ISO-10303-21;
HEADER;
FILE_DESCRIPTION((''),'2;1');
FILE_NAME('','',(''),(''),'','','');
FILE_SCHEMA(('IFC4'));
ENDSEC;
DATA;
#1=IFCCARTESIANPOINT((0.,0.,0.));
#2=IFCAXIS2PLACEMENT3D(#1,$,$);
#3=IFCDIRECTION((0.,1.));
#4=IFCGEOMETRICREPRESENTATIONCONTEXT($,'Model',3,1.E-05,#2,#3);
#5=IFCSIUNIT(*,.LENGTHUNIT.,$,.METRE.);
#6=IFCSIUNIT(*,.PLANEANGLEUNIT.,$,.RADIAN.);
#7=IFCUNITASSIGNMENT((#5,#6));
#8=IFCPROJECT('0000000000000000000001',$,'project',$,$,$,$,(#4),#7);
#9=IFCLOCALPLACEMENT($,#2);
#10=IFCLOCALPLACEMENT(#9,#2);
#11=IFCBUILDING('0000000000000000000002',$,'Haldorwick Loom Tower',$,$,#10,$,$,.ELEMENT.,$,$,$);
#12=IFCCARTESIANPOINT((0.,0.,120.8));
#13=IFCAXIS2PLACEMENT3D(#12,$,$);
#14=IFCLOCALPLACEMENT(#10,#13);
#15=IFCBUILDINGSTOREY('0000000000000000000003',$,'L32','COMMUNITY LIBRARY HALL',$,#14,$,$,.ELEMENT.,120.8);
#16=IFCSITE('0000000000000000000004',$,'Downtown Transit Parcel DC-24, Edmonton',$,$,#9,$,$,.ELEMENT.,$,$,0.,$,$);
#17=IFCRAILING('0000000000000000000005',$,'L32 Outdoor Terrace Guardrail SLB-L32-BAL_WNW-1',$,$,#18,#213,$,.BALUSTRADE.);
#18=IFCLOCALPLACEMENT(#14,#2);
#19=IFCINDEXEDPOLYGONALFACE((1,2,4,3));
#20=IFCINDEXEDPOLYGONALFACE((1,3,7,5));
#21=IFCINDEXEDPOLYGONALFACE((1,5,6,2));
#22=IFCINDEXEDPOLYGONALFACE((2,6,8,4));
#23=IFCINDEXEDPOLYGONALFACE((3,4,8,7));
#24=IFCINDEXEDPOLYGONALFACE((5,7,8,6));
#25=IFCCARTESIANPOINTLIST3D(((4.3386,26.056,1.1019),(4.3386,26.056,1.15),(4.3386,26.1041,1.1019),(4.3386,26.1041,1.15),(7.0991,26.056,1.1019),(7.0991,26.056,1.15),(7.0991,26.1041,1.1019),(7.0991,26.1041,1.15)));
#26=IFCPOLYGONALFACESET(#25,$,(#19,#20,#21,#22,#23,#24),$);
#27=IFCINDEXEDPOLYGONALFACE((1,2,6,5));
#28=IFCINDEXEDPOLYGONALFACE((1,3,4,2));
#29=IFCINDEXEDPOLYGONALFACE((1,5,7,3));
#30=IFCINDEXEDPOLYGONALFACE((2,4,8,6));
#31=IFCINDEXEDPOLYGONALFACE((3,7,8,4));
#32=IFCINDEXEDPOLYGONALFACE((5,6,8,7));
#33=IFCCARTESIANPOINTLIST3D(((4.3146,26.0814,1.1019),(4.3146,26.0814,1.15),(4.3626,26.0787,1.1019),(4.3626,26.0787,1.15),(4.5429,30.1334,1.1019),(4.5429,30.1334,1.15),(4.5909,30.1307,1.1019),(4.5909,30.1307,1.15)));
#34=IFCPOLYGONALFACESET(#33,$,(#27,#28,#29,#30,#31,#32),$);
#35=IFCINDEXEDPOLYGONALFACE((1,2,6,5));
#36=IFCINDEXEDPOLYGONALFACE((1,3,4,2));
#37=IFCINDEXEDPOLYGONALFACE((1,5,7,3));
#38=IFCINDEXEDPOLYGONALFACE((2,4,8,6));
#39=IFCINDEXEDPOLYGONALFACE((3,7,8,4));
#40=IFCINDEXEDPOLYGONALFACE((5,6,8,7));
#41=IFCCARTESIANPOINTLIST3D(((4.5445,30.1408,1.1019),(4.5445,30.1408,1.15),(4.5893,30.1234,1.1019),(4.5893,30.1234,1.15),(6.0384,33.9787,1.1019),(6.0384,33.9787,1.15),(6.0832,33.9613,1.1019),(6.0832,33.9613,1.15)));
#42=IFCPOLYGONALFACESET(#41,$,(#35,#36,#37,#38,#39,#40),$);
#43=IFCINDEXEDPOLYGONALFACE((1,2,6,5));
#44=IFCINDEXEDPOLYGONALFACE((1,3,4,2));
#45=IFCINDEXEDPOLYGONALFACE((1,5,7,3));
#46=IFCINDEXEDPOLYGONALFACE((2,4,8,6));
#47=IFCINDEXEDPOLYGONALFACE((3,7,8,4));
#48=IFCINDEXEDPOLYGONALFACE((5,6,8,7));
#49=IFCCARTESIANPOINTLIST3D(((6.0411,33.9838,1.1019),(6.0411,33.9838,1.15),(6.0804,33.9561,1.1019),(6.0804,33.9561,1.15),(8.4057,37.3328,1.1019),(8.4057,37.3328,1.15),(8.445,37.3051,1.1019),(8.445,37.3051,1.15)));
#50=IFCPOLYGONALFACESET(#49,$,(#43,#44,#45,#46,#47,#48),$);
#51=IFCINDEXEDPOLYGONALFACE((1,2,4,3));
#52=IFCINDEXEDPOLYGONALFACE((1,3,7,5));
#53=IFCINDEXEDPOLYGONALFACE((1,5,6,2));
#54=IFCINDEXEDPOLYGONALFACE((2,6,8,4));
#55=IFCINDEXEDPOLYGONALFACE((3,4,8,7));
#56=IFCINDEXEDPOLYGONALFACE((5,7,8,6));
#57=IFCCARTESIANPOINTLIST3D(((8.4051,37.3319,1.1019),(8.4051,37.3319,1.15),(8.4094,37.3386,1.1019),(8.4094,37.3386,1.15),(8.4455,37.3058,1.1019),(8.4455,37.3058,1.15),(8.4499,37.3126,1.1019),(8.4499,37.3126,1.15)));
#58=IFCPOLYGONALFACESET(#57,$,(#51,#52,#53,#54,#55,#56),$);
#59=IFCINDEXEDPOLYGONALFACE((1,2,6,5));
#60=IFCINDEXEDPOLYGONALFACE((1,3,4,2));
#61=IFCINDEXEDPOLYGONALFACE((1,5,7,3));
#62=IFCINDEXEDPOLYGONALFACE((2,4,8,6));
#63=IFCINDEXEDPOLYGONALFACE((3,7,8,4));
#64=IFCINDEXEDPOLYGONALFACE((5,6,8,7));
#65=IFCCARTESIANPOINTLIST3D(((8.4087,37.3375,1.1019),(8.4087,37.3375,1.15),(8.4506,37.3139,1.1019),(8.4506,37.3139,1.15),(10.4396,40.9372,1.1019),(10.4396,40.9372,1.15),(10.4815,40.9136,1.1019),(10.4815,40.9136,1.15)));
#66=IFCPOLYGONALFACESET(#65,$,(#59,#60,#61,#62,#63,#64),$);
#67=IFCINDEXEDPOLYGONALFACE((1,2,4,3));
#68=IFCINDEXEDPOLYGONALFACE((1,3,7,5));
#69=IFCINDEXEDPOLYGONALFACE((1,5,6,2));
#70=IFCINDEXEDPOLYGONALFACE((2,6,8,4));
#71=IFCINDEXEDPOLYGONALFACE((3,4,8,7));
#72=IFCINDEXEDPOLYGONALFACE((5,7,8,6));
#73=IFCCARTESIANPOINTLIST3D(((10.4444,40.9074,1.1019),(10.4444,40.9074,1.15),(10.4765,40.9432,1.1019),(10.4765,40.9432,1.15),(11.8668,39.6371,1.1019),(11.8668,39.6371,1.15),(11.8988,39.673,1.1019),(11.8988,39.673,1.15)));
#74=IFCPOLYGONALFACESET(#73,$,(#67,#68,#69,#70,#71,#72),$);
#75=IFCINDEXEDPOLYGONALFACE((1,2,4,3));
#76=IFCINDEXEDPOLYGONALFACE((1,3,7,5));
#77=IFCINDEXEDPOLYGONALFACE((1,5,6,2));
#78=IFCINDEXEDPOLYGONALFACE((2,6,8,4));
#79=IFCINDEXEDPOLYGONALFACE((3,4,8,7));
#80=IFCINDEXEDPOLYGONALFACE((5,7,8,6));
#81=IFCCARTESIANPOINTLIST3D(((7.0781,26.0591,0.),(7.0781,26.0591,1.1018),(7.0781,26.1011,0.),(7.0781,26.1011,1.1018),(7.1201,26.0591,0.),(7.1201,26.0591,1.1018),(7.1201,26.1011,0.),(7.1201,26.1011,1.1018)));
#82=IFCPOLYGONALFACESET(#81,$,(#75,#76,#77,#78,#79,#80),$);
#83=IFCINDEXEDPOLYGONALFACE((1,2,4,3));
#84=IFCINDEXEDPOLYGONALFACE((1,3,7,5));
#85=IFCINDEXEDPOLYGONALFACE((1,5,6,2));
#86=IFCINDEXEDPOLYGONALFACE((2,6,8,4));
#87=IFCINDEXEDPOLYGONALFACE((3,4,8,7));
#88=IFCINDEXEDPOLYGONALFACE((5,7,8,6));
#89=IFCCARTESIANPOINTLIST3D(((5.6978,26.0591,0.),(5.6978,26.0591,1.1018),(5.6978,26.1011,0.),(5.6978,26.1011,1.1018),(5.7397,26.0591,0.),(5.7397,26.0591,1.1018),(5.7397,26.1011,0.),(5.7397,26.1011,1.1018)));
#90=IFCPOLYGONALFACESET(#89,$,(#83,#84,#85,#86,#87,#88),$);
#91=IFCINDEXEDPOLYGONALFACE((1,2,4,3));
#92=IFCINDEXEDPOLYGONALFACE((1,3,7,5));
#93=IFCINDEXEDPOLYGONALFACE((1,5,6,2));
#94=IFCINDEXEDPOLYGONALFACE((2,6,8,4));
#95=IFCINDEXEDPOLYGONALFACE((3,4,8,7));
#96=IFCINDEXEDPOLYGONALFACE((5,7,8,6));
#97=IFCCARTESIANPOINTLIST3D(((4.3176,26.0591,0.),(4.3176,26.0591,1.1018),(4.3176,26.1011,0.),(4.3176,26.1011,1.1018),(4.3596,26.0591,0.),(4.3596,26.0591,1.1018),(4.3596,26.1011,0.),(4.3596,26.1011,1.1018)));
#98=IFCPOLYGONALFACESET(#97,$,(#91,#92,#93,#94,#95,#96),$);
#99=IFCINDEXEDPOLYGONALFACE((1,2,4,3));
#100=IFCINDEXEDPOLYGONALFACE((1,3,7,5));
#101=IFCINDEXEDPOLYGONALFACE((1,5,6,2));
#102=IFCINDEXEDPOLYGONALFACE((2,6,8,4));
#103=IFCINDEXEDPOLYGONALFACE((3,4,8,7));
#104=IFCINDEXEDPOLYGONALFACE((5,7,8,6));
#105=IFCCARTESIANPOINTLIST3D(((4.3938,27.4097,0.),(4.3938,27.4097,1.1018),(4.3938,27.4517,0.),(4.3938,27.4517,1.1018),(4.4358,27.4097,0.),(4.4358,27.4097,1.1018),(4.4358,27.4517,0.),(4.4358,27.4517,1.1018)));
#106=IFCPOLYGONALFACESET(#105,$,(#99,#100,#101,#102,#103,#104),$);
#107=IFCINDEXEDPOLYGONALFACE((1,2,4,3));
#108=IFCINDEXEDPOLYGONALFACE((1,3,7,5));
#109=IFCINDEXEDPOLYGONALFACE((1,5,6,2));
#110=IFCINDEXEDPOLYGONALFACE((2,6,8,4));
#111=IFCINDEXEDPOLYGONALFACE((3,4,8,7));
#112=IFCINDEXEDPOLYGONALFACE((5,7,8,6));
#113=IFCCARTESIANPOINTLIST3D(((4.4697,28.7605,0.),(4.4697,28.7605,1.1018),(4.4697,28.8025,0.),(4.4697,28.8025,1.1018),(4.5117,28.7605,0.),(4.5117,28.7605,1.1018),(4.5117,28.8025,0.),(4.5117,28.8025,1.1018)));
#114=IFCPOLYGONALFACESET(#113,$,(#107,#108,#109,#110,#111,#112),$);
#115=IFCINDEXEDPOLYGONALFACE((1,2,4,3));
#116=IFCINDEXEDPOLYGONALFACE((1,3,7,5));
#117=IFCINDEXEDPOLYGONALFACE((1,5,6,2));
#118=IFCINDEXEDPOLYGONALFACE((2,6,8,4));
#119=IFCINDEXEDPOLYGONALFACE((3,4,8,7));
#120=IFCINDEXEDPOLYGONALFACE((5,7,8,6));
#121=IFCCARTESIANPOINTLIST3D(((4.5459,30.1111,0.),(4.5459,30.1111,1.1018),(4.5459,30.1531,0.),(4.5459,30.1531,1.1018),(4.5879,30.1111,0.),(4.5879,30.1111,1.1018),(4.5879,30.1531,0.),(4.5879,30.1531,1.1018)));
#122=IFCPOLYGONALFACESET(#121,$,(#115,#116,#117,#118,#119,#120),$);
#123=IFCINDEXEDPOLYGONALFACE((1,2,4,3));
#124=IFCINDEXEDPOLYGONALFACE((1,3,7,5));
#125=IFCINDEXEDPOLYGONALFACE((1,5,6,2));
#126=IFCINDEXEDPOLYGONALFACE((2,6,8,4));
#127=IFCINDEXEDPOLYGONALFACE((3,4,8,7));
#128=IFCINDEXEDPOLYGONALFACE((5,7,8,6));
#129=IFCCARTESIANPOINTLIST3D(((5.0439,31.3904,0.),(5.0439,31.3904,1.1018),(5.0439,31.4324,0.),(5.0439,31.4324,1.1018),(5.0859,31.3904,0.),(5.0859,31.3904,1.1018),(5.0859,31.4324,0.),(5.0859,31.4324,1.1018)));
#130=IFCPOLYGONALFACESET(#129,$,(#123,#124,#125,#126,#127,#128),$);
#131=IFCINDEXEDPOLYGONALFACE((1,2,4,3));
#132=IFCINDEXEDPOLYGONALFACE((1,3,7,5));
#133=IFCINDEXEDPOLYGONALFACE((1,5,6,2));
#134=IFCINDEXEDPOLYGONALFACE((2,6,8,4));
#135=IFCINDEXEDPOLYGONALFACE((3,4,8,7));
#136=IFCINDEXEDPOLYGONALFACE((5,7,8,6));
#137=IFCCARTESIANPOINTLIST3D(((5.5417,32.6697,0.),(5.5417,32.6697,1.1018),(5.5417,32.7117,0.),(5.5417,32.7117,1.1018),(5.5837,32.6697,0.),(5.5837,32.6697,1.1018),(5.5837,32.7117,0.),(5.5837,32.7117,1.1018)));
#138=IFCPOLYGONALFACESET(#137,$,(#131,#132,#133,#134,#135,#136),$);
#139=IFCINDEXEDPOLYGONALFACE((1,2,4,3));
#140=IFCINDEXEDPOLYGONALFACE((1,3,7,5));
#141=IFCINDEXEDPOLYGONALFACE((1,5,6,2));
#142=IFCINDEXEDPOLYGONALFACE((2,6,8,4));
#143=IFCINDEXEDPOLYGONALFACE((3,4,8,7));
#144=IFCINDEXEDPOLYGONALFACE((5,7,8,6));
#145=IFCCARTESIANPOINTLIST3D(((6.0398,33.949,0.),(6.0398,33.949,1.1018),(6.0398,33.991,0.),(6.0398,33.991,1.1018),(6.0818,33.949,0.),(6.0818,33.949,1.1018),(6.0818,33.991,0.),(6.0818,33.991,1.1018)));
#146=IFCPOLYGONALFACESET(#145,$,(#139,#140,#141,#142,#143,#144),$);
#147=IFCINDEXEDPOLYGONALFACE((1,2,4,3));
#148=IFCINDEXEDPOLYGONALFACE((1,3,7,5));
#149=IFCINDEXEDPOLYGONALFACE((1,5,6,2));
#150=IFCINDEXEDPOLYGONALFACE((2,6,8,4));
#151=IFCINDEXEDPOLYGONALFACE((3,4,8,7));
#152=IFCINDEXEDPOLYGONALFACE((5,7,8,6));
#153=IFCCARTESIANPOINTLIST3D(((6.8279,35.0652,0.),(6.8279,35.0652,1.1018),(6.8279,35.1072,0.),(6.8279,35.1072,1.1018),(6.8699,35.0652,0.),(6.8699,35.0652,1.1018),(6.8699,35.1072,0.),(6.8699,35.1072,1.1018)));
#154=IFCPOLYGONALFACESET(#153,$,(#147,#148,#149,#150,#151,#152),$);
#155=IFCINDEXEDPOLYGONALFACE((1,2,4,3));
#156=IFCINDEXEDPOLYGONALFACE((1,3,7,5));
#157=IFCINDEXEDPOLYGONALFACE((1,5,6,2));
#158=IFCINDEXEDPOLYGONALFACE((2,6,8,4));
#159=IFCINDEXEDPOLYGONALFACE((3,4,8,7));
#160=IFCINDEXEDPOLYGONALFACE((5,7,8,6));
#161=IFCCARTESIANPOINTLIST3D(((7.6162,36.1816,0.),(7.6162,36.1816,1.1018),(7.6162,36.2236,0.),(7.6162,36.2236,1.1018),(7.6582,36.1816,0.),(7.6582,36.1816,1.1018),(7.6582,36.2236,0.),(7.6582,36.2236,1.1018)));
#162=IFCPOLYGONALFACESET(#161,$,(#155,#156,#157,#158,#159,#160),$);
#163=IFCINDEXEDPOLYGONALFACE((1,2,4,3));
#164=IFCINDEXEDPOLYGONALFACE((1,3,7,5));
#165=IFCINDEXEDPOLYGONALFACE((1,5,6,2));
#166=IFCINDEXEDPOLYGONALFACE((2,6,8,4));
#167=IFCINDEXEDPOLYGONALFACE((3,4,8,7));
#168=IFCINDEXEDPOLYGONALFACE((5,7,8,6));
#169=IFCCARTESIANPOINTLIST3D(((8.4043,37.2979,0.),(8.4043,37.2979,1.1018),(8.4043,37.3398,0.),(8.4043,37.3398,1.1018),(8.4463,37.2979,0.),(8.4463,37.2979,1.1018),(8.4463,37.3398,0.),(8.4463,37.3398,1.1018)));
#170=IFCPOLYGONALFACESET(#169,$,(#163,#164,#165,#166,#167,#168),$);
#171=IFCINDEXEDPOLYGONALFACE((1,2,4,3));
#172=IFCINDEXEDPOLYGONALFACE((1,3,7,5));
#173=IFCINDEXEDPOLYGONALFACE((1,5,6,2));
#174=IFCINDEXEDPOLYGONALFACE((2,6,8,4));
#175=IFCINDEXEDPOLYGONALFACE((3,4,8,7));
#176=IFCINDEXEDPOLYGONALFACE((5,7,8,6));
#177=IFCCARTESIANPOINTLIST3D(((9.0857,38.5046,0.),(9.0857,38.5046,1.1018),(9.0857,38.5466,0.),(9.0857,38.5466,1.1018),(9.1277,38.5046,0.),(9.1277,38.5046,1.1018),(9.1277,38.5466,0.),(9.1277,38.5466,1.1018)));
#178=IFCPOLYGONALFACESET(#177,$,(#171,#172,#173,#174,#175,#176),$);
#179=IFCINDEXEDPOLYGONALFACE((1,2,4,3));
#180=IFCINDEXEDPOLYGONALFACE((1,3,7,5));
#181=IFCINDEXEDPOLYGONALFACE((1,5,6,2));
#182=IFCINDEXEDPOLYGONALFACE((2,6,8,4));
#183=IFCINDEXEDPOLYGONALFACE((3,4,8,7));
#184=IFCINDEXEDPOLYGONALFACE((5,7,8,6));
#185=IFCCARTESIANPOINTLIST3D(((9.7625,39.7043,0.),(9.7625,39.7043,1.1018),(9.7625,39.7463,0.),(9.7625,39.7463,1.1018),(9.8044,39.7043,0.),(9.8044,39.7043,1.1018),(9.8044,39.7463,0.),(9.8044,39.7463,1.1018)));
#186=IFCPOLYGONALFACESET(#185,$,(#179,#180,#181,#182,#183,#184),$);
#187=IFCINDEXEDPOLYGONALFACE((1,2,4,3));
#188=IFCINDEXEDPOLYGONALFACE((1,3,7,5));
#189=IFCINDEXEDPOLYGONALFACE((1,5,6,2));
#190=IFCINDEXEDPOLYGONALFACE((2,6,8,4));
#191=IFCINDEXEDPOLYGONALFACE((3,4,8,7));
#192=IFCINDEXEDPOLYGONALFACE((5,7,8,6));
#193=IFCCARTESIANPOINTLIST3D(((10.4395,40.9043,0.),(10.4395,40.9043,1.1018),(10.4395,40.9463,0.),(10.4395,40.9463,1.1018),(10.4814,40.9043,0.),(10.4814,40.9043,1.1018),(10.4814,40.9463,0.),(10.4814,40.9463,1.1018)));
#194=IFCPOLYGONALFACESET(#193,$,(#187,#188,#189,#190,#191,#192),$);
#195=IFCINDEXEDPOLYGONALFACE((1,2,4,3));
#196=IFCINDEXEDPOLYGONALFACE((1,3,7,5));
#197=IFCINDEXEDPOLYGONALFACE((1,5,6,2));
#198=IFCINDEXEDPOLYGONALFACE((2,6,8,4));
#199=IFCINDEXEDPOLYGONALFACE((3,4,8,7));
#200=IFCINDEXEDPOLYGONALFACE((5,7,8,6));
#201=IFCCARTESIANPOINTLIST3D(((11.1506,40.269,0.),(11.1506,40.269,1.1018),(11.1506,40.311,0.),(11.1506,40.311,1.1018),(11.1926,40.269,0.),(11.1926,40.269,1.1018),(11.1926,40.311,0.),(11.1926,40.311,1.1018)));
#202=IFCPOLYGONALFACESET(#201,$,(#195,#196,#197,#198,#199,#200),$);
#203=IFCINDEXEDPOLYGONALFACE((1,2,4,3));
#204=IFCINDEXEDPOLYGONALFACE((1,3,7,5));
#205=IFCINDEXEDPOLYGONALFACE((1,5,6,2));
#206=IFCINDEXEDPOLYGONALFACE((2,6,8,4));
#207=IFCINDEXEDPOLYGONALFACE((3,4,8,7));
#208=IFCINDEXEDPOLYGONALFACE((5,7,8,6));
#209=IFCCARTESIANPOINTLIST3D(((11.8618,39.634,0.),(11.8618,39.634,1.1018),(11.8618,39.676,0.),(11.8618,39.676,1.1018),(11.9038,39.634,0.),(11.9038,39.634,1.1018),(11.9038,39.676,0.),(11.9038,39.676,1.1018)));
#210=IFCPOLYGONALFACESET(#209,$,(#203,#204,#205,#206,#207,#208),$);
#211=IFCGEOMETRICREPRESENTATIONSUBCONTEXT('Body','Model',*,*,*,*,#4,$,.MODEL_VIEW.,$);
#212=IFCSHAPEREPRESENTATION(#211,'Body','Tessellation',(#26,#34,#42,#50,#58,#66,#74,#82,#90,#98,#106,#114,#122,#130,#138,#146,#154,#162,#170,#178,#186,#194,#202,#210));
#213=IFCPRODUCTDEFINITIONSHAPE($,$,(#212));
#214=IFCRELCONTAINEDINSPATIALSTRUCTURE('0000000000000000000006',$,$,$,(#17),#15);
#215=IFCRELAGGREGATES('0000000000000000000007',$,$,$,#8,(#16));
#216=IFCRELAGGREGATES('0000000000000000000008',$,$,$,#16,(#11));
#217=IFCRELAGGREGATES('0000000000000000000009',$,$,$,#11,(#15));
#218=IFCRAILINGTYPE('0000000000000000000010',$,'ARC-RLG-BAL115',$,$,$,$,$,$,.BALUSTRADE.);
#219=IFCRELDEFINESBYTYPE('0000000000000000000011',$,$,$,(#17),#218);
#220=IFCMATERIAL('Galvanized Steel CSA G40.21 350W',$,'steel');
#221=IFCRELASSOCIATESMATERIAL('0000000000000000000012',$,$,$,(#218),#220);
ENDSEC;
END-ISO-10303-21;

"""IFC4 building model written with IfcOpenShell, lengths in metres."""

from ifc_helpers import new_model, si_unit, direction, frame, origin, origin_2d, place, context, subcontext, project, spatial, rectangle, extrude, material, type_object, element, save


model = new_model("IFC4")

# Units and contexts
model_context = context("Model", 3, precision=1e-05, world=origin(), true_north=direction((0.0, 1.0)))
body_context = subcontext(model_context, "Body", "Model", "MODEL_VIEW")
ifc_project = project(units=[si_unit("LENGTHUNIT", "METRE"), si_unit("PLANEANGLEUNIT", "RADIAN")], contexts=[model_context])

# Site, building, storey
site_placement = place(None, origin())
site = spatial("IfcSite", under=ifc_project, at=site_placement, Name="Downtown Transit Parcel DC-24, Edmonton", CompositionType="ELEMENT", RefElevation=0.0)
building_placement = place(site_placement, origin())
building = spatial("IfcBuilding", under=site, at=building_placement, Name="Haldorwick Loom Tower", CompositionType="ELEMENT")
storey_placement = place(building_placement, frame((0.0, 0.0, 120.8)))
storey = spatial("IfcBuildingStorey", under=building, at=storey_placement, Name="L32", Description="COMMUNITY LIBRARY HALL", CompositionType="ELEMENT", Elevation=120.8)

# Railing
ifc_material_1 = material(Name="Galvanized Steel CSA G40.21 350W", Category="steel")
railing_type = type_object("IfcRailingType", Name="ARC-RLG-BAL115", PredefinedType="BALUSTRADE", material=ifc_material_1)
railing_placement = place(storey_placement, frame((7.0991, 26.0801, 0.0)))
element("IfcRailing", 1, at=railing_placement, inside=storey, type_object=railing_type, Name="L32 Outdoor Terrace Guardrail SLB-L32-BAL_WNW-1", PredefinedType="BALUSTRADE", context=body_context, shape_type="SweptSolid", body=[
    extrude(rectangle(XDim=0.0481, YDim=0.0481, at=origin_2d()), frame((0.0, 0.0, 1.126), z_axis=(-1.0, 0.0, 0.0), x_axis=(0.0, -1.0, 0.0)), (0.0, 0.0, 1.0), 2.7605),
    extrude(rectangle(XDim=0.0481, YDim=0.0481, at=origin_2d()), frame((-2.7605, 0.0, 1.126), z_axis=(0.056246, 0.998417, 0.0), x_axis=(-0.998417, 0.056246, 0.0)), (0.0, 0.0, 1.0), 4.0583),
    extrude(rectangle(XDim=0.0481, YDim=0.0481, at=origin_2d()), frame((-2.5322, 4.052, 1.126), z_axis=(0.362738, 0.931891, 0.0), x_axis=(-0.931891, 0.362738, 0.0)), (0.0, 0.0, 1.0), 4.1184),
    extrude(rectangle(XDim=0.0481, YDim=0.0481, at=origin_2d()), frame((-1.0383, 7.8899, 1.126), z_axis=(0.576779, 0.8169, 0.0), x_axis=(-0.8169, 0.576779, 0.0)), (0.0, 0.0, 1.0), 4.0996),
    extrude(rectangle(XDim=0.0481, YDim=0.0481, at=origin_2d()), frame((1.3262, 11.2388, 1.126), z_axis=(0.540758, 0.841178, 0.0), x_axis=(-0.841178, 0.540758, 0.0)), (0.0, 0.0, 1.0), 0.0081),
    extrude(rectangle(XDim=0.0481, YDim=0.0481, at=origin_2d()), frame((1.3306, 11.2456, 1.126), z_axis=(0.49136, 0.870956, 0.0), x_axis=(-0.870956, 0.49136, 0.0)), (0.0, 0.0, 1.0), 4.1331),
    extrude(rectangle(XDim=0.0481, YDim=0.0481, at=origin_2d()), frame((3.3613, 14.8452, 1.126), z_axis=(0.74586, -0.666102, 0.0), x_axis=(0.666102, 0.74586, 0.0)), (0.0, 0.0, 1.0), 1.907),
    extrude(rectangle(XDim=0.042, YDim=0.042, at=origin_2d()), origin(), (0.0, 0.0, 1.0), 1.1018),
    extrude(rectangle(XDim=0.042, YDim=0.042, at=origin_2d()), frame((-1.3804, 0.0, 0.0)), (0.0, 0.0, 1.0), 1.1018),
    extrude(rectangle(XDim=0.042, YDim=0.042, at=origin_2d()), frame((-2.7605, 0.0, 0.0)), (0.0, 0.0, 1.0), 1.1018),
    extrude(rectangle(XDim=0.042, YDim=0.042, at=origin_2d()), frame((-2.6843, 1.3506, 0.0)), (0.0, 0.0, 1.0), 1.1018),
    extrude(rectangle(XDim=0.042, YDim=0.042, at=origin_2d()), frame((-2.6084, 2.7014, 0.0)), (0.0, 0.0, 1.0), 1.1018),
    extrude(rectangle(XDim=0.042, YDim=0.042, at=origin_2d()), frame((-2.5322, 4.052, 0.0)), (0.0, 0.0, 1.0), 1.1018),
    extrude(rectangle(XDim=0.042, YDim=0.042, at=origin_2d()), frame((-2.0342, 5.3313, 0.0)), (0.0, 0.0, 1.0), 1.1018),
    extrude(rectangle(XDim=0.042, YDim=0.042, at=origin_2d()), frame((-1.5364, 6.6106, 0.0)), (0.0, 0.0, 1.0), 1.1018),
    extrude(rectangle(XDim=0.042, YDim=0.042, at=origin_2d()), frame((-1.0383, 7.8899, 0.0)), (0.0, 0.0, 1.0), 1.1018),
    extrude(rectangle(XDim=0.042, YDim=0.042, at=origin_2d()), frame((-0.2502, 9.0061, 0.0)), (0.0, 0.0, 1.0), 1.1018),
    extrude(rectangle(XDim=0.042, YDim=0.042, at=origin_2d()), frame((0.5381, 10.1226, 0.0)), (0.0, 0.0, 1.0), 1.1018),
    extrude(rectangle(XDim=0.042, YDim=0.042, at=origin_2d()), frame((1.3262, 11.2388, 0.0)), (0.0, 0.0, 1.0), 1.1018),
    extrude(rectangle(XDim=0.042, YDim=0.042, at=origin_2d()), frame((2.0076, 12.4456, 0.0)), (0.0, 0.0, 1.0), 1.1018),
    extrude(rectangle(XDim=0.042, YDim=0.042, at=origin_2d()), frame((2.6843, 13.6453, 0.0)), (0.0, 0.0, 1.0), 1.1018),
    extrude(rectangle(XDim=0.042, YDim=0.042, at=origin_2d()), frame((3.3613, 14.8452, 0.0)), (0.0, 0.0, 1.0), 1.1018),
    extrude(rectangle(XDim=0.042, YDim=0.042, at=origin_2d()), frame((4.0725, 14.21, 0.0)), (0.0, 0.0, 1.0), 1.1018),
    extrude(rectangle(XDim=0.042, YDim=0.042, at=origin_2d()), frame((4.7837, 13.575, 0.0)), (0.0, 0.0, 1.0), 1.1018),
])

save(model, "model.ifc")
